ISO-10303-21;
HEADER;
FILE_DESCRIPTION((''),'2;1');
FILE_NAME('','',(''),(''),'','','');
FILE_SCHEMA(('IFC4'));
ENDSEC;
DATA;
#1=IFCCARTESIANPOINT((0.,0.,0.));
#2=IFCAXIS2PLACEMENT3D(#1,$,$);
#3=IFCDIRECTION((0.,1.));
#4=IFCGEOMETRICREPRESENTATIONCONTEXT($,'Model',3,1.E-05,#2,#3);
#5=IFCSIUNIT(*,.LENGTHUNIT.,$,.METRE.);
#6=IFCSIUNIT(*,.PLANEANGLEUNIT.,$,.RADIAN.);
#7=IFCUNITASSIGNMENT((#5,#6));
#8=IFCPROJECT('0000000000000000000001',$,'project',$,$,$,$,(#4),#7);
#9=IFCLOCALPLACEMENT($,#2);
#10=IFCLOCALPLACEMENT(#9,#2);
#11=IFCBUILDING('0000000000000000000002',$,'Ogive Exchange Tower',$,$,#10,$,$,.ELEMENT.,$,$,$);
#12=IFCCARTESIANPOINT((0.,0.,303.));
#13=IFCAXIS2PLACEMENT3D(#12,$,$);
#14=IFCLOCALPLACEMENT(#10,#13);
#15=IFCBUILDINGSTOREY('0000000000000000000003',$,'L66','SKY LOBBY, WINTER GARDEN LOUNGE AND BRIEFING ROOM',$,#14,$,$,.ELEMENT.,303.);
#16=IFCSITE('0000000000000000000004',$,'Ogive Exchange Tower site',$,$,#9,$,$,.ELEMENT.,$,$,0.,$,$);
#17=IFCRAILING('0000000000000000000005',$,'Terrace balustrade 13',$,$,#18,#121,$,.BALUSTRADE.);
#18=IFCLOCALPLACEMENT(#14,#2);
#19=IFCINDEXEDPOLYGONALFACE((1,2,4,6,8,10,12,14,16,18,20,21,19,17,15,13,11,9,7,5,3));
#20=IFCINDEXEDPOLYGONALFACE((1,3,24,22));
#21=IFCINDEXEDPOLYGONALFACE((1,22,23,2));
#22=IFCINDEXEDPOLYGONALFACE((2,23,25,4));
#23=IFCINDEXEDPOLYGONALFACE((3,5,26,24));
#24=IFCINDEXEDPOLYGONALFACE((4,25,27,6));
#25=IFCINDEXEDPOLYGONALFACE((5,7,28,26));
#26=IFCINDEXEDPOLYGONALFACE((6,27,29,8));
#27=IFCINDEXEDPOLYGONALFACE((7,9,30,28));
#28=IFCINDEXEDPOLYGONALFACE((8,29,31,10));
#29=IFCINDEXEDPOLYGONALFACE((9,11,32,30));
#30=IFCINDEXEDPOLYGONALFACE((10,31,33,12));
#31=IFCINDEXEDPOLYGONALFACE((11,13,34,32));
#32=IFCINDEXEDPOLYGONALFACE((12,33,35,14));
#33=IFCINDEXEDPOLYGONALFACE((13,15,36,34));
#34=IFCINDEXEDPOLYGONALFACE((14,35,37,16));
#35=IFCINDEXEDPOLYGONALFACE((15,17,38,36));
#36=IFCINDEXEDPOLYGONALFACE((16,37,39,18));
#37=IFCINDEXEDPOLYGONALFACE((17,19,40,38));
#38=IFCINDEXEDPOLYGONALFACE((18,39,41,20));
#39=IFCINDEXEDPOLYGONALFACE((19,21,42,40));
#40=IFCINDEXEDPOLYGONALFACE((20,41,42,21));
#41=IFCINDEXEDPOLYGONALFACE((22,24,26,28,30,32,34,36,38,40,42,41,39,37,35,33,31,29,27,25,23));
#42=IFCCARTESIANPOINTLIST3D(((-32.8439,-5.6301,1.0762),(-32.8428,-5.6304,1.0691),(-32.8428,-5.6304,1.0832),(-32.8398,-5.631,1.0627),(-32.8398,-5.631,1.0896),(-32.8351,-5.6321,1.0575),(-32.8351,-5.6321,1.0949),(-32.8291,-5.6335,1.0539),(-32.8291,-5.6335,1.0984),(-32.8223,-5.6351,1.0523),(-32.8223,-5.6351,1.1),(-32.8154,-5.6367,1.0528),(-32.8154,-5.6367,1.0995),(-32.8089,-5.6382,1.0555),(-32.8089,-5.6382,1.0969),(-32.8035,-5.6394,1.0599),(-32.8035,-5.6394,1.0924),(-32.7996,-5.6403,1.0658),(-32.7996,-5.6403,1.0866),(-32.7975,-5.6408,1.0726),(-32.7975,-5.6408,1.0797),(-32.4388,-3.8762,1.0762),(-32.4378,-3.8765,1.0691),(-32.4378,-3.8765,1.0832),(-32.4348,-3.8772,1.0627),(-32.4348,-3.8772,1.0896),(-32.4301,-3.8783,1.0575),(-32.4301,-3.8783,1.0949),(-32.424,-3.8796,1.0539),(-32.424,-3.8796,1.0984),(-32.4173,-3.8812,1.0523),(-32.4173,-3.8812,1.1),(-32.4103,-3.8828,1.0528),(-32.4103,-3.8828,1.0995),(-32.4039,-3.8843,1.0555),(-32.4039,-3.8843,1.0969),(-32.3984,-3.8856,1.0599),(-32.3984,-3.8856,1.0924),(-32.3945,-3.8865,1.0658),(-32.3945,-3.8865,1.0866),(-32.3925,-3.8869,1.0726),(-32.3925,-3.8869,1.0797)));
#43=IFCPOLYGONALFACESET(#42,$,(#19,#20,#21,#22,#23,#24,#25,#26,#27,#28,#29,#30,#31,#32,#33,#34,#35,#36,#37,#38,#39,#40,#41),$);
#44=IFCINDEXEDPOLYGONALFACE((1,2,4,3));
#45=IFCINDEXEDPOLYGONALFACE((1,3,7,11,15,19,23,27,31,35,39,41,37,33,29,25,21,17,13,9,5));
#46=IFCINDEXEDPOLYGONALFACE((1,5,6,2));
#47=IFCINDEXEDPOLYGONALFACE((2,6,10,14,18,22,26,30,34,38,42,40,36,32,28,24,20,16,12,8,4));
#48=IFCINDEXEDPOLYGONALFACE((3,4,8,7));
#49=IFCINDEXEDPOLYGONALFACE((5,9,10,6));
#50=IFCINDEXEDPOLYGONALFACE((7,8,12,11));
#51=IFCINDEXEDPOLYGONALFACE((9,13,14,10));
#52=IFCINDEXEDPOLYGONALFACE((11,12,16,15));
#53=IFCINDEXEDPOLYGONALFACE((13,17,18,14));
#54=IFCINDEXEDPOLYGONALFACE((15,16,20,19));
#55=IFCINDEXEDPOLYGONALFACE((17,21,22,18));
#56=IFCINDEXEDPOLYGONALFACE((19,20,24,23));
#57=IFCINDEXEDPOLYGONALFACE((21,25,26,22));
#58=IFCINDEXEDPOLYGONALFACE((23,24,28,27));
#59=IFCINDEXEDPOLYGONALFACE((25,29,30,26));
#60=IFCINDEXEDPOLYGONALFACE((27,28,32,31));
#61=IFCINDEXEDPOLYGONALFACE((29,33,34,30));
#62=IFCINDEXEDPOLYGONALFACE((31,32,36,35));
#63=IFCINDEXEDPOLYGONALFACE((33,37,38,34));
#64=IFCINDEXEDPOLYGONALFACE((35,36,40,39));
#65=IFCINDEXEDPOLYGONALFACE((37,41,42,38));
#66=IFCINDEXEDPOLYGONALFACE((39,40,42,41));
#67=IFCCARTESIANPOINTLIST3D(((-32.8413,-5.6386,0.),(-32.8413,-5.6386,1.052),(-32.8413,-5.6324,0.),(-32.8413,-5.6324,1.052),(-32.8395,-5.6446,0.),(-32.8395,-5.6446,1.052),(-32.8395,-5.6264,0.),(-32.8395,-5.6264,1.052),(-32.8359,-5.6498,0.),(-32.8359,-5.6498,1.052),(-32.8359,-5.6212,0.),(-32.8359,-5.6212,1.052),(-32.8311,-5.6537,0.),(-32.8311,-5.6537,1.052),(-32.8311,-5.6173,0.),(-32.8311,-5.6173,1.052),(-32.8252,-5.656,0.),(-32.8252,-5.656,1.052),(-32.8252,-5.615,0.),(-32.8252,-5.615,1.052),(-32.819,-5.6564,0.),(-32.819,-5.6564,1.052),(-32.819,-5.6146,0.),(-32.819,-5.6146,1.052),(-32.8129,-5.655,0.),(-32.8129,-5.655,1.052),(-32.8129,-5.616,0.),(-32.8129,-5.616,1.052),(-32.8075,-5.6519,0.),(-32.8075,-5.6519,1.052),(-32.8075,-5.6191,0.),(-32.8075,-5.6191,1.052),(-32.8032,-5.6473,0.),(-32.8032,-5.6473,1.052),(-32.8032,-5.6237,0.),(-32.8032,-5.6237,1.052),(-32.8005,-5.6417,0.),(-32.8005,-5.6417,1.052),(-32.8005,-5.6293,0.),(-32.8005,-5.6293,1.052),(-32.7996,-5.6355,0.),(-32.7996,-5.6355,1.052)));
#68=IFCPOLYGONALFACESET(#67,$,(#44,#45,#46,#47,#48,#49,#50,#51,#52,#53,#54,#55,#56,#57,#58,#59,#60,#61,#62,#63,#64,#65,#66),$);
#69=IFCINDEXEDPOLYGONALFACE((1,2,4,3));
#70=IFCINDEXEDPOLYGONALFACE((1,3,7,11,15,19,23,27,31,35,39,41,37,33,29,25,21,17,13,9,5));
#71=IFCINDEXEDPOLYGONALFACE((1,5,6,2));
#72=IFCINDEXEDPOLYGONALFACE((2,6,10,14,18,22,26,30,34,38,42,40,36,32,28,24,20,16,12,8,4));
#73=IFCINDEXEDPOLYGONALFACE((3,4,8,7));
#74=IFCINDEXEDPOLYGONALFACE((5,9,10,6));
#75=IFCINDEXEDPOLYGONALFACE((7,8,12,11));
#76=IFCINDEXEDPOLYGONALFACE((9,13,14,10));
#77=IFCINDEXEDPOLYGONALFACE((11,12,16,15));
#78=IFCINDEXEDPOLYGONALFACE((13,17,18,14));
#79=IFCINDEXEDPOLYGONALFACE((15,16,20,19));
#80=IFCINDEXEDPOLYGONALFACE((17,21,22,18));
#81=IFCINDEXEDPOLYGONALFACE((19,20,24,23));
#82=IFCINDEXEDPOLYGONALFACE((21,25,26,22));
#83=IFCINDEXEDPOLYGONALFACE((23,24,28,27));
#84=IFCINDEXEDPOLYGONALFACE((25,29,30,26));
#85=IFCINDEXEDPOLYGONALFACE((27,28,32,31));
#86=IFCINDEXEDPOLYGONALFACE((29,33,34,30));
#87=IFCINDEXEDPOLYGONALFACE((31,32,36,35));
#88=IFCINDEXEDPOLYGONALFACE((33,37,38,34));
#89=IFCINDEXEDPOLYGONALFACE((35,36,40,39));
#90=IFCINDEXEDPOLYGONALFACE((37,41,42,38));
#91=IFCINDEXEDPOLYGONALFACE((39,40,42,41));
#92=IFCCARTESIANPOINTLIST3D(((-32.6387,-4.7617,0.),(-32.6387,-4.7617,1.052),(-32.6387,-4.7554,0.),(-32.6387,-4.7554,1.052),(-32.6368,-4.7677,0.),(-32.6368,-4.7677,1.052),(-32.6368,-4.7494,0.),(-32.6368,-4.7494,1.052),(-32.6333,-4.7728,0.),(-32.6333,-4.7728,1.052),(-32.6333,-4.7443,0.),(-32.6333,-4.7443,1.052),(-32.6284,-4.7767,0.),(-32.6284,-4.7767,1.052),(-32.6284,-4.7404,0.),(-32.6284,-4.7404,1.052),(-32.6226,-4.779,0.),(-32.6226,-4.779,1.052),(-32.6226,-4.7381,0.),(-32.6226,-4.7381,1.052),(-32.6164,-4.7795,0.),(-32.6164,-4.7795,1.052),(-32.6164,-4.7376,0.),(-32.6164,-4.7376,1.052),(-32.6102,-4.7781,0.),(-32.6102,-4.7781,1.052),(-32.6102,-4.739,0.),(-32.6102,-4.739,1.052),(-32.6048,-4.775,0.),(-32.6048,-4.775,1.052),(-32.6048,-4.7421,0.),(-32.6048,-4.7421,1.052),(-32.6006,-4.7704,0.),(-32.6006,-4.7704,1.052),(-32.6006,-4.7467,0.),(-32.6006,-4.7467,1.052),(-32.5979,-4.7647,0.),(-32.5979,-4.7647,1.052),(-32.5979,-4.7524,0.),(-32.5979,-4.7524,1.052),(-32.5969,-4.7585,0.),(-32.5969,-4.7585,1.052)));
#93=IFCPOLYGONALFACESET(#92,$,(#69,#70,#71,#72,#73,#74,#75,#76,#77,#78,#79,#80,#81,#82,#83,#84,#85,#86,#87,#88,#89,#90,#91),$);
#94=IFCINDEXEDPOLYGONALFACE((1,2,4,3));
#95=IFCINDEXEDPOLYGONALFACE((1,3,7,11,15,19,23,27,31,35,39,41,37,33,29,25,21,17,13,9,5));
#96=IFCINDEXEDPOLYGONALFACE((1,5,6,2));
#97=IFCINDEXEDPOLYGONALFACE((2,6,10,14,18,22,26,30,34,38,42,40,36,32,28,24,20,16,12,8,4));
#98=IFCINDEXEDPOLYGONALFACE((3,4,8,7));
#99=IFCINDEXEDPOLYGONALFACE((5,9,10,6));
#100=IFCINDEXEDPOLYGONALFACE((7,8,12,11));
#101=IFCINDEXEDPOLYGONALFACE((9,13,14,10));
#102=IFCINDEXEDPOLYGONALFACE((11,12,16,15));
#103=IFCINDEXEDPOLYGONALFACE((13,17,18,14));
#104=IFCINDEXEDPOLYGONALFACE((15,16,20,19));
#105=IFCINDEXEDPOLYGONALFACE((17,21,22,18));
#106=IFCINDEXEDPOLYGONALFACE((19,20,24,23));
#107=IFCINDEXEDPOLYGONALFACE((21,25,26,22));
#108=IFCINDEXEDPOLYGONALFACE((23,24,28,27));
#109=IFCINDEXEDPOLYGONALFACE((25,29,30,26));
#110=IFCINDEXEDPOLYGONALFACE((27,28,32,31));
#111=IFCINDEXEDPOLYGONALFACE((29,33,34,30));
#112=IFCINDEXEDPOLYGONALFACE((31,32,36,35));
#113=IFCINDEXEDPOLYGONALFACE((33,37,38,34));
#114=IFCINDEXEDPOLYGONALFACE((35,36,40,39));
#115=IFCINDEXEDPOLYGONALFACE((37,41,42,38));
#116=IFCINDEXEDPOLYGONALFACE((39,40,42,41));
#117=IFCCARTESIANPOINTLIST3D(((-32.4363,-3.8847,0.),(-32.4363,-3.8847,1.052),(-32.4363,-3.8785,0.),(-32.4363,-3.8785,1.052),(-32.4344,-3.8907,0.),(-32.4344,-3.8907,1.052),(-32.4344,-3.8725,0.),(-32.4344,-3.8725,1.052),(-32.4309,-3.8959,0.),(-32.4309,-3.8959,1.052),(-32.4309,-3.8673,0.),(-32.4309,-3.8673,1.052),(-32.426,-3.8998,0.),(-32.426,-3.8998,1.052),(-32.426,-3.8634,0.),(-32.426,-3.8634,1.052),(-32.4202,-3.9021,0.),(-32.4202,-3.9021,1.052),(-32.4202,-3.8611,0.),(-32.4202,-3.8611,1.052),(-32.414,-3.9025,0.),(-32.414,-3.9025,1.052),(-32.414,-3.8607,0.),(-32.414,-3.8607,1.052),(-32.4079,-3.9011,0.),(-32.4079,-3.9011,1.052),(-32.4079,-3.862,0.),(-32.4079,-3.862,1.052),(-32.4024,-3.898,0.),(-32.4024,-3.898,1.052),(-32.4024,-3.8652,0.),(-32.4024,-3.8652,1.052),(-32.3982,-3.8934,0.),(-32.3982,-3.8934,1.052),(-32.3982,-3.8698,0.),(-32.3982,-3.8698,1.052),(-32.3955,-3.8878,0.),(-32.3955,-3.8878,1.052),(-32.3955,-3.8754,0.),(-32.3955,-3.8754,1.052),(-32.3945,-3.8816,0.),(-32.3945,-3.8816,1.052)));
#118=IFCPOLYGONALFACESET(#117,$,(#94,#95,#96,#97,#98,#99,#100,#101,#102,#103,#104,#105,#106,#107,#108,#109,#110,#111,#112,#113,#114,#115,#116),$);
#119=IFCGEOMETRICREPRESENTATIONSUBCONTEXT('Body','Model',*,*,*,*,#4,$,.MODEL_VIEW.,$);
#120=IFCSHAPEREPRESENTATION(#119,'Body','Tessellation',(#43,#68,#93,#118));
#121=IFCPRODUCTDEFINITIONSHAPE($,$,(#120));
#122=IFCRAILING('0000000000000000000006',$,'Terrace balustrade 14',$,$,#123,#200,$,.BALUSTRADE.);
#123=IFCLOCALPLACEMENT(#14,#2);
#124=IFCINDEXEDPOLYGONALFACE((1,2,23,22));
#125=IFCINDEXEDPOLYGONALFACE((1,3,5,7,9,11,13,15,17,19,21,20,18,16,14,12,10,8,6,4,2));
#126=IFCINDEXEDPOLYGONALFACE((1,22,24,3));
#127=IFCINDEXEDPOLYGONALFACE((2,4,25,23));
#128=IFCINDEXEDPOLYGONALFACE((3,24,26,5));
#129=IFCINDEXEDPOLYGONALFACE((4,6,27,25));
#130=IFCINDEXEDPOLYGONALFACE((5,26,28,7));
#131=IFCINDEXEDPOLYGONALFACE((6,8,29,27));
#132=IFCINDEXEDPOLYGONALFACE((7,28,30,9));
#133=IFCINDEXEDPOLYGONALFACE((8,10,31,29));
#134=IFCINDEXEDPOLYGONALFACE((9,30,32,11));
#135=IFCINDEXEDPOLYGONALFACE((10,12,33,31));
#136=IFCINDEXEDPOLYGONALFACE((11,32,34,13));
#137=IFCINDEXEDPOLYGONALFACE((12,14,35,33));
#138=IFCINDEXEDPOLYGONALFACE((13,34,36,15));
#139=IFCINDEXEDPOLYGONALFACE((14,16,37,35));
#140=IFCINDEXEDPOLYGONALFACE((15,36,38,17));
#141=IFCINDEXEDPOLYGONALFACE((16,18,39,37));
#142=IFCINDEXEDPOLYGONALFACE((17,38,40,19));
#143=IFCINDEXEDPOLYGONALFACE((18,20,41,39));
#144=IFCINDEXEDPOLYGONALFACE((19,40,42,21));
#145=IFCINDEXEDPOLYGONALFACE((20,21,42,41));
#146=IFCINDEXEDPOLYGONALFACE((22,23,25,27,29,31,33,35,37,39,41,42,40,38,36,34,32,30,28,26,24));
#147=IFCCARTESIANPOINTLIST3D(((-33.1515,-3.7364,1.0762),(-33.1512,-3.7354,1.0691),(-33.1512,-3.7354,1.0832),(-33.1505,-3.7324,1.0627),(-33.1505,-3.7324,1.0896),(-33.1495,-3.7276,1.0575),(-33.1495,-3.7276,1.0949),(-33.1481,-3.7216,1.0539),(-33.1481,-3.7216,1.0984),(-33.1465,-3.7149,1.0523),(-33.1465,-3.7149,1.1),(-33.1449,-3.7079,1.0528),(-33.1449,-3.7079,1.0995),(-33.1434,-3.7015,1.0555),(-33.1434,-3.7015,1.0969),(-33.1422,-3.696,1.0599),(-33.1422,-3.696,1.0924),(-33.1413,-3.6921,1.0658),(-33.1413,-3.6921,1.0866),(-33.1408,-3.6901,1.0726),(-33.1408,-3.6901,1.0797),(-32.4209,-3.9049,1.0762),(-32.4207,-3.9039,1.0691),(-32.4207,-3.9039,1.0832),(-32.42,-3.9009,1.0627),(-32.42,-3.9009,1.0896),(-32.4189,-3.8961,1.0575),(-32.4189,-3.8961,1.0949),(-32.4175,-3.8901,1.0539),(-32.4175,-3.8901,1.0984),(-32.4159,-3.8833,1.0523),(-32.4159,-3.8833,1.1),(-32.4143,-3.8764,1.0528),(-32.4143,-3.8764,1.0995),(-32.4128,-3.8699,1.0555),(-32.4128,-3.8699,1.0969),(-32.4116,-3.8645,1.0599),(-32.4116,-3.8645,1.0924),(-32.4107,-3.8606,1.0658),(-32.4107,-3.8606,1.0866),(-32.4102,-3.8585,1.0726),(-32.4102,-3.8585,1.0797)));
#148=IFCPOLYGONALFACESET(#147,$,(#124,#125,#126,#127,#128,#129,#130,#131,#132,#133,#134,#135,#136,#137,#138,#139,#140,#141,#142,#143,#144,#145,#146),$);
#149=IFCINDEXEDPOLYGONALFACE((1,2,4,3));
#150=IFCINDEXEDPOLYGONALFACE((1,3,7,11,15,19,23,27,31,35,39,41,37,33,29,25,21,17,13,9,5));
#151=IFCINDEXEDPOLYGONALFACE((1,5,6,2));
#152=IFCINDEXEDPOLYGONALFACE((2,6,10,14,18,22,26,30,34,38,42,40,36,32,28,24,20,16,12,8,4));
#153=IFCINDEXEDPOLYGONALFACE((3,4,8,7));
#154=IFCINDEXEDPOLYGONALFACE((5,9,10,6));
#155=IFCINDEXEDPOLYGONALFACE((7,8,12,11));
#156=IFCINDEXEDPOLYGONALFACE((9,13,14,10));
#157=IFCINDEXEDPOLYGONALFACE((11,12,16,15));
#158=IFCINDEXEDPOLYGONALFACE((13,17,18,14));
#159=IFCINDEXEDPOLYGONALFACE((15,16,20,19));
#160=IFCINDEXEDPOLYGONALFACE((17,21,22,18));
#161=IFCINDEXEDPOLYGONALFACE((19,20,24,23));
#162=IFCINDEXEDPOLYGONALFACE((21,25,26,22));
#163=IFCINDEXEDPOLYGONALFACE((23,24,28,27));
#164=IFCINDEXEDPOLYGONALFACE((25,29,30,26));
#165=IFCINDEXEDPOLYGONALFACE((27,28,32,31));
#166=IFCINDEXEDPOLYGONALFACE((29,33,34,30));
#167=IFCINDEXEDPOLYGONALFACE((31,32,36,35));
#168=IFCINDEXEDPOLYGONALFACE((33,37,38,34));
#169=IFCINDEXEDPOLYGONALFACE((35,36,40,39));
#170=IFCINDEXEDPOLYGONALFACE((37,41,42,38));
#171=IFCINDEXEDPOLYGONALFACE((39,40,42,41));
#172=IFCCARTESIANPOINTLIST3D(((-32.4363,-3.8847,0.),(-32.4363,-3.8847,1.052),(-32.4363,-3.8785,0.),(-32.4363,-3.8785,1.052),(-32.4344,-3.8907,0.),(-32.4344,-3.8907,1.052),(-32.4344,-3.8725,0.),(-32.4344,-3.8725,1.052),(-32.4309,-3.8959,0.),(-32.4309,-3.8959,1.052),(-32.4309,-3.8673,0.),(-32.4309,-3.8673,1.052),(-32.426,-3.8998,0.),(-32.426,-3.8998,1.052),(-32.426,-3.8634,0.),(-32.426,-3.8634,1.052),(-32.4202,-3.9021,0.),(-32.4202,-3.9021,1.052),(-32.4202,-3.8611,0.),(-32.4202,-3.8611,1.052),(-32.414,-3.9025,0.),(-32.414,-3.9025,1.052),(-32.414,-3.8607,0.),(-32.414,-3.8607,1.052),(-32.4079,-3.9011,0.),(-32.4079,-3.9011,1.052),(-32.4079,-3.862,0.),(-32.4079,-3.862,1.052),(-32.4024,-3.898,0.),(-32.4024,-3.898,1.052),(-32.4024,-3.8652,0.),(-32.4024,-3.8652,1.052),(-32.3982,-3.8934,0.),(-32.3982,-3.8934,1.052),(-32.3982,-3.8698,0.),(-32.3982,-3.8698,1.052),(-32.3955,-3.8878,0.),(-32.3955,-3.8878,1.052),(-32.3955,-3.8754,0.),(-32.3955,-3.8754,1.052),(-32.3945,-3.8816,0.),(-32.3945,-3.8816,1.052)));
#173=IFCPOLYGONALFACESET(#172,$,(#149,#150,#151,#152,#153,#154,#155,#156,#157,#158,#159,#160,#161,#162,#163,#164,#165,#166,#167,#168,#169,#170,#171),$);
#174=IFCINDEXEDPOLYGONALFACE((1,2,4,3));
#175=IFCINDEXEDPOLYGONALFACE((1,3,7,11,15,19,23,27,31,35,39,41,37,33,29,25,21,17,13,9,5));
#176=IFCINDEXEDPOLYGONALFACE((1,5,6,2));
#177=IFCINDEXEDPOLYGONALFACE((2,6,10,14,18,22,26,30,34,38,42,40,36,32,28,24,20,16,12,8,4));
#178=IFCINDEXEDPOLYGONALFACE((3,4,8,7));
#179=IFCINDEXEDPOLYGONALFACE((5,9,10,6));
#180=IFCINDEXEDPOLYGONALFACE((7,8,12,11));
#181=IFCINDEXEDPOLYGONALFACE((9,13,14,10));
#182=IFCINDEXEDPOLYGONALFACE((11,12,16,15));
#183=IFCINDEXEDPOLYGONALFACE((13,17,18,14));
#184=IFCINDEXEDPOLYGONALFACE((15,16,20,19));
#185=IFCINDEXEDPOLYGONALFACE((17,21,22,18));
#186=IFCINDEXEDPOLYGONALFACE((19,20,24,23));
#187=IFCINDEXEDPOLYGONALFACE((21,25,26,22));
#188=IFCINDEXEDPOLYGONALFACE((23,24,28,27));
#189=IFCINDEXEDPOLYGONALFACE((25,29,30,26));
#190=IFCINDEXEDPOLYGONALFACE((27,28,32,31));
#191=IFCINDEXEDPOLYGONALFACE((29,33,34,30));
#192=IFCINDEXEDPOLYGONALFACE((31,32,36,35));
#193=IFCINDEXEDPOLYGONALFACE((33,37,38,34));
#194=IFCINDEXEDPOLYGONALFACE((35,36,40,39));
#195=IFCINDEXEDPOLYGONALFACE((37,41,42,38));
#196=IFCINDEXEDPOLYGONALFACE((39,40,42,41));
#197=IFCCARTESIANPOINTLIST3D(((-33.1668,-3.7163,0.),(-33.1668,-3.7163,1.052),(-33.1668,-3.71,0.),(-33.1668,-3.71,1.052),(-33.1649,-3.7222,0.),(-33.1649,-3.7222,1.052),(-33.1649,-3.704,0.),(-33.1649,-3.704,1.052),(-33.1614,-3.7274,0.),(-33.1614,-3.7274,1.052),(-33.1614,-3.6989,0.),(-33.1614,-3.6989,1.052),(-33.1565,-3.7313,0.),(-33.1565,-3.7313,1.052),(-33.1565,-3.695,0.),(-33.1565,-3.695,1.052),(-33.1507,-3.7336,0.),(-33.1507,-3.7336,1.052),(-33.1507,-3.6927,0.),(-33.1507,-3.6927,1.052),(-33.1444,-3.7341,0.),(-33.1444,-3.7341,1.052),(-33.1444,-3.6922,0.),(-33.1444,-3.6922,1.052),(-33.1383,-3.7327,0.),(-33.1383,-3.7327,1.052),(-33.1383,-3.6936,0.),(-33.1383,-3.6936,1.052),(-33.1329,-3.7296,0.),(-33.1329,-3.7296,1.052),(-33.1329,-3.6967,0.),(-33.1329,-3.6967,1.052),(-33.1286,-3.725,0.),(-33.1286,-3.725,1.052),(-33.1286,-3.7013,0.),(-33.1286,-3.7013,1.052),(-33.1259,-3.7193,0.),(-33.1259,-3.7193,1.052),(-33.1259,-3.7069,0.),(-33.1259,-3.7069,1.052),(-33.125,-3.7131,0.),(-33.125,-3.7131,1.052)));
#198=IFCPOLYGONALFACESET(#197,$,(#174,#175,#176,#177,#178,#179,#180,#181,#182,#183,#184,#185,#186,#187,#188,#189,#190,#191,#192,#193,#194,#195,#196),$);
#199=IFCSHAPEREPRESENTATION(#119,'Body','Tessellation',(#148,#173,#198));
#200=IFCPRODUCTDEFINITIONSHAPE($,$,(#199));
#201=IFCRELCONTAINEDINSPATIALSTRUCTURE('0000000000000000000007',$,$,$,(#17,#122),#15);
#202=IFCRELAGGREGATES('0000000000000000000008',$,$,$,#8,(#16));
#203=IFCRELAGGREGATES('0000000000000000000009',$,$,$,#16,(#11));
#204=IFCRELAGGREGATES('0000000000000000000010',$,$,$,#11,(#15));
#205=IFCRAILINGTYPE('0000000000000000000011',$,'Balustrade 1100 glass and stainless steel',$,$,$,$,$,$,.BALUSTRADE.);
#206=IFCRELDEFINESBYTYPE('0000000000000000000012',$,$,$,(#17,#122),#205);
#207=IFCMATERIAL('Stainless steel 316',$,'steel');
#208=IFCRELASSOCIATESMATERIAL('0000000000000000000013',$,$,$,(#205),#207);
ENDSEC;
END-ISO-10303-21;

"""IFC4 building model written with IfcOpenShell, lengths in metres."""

from ifc_helpers import new_model, si_unit, direction, frame, origin, origin_2d, place, context, subcontext, project, spatial, circle, extrude, material, type_object, element, save


model = new_model("IFC4")

# Units and contexts
model_context = context("Model", 3, precision=1e-05, world=origin(), true_north=direction((0.0, 1.0)))
body_context = subcontext(model_context, "Body", "Model", "MODEL_VIEW")
ifc_project = project(units=[si_unit("LENGTHUNIT", "METRE"), si_unit("PLANEANGLEUNIT", "RADIAN")], contexts=[model_context])

# Site, building, storey
site_placement = place(None, origin())
site = spatial("IfcSite", under=ifc_project, at=site_placement, Name="Ogive Exchange Tower site", CompositionType="ELEMENT", RefElevation=0.0)
building_placement = place(site_placement, origin())
building = spatial("IfcBuilding", under=site, at=building_placement, Name="Ogive Exchange Tower", CompositionType="ELEMENT")
storey_placement = place(building_placement, frame((0.0, 0.0, 303.0)))
storey = spatial("IfcBuildingStorey", under=building, at=storey_placement, Name="L66", Description="SKY LOBBY, WINTER GARDEN LOUNGE AND BRIEFING ROOM", CompositionType="ELEMENT", Elevation=303.0)

# Railings
ifc_material_1 = material(Name="Stainless steel 316", Category="steel")
railing_type_1 = type_object("IfcRailingType", Name="Balustrade 1100 glass and stainless steel", PredefinedType="BALUSTRADE", material=ifc_material_1)
railing_1_placement = place(storey_placement, frame((-32.8206, -5.6355, 0.0)))
element("IfcRailing", 1, at=railing_1_placement, inside=storey, type_object=railing_type_1, Name="Terrace balustrade 13", PredefinedType="BALUSTRADE", context=body_context, shape_type="SweptSolid", body=[
    extrude(circle(Radius=0.0239, at=origin_2d()), frame((0.0, 0.0, 1.0762), z_axis=(0.225008, 0.974357, 0.0), x_axis=(-0.974357, 0.225008, 0.0)), (0.0, 0.0, 1.0), 1.8),
    extrude(circle(Radius=0.021, at=origin_2d()), origin(), (0.0, 0.0, 1.0), 1.052),
    extrude(circle(Radius=0.021, at=origin_2d()), frame((0.2026, 0.877, 0.0)), (0.0, 0.0, 1.0), 1.052),
    extrude(circle(Radius=0.021, at=origin_2d()), frame((0.405, 1.7539, 0.0)), (0.0, 0.0, 1.0), 1.052),
])
railing_2_placement = place(storey_placement, frame((-32.4155, -3.8816, 0.0)))
element("IfcRailing", 2, at=railing_2_placement, inside=storey, type_object=railing_type_1, Name="Terrace balustrade 14", PredefinedType="BALUSTRADE", context=body_context, shape_type="SweptSolid", body=[
    extrude(circle(Radius=0.0239, at=origin_2d()), frame((0.0, 0.0, 1.0762), z_axis=(-0.974424, 0.224717, 0.0), x_axis=(-0.224717, -0.974424, 0.0)), (0.0, 0.0, 1.0), 0.7498),
    extrude(circle(Radius=0.021, at=origin_2d()), origin(), (0.0, 0.0, 1.0), 1.052),
    extrude(circle(Radius=0.021, at=origin_2d()), frame((-0.7305, 0.1685, 0.0)), (0.0, 0.0, 1.0), 1.052),
])

save(model, "model.ifc")
